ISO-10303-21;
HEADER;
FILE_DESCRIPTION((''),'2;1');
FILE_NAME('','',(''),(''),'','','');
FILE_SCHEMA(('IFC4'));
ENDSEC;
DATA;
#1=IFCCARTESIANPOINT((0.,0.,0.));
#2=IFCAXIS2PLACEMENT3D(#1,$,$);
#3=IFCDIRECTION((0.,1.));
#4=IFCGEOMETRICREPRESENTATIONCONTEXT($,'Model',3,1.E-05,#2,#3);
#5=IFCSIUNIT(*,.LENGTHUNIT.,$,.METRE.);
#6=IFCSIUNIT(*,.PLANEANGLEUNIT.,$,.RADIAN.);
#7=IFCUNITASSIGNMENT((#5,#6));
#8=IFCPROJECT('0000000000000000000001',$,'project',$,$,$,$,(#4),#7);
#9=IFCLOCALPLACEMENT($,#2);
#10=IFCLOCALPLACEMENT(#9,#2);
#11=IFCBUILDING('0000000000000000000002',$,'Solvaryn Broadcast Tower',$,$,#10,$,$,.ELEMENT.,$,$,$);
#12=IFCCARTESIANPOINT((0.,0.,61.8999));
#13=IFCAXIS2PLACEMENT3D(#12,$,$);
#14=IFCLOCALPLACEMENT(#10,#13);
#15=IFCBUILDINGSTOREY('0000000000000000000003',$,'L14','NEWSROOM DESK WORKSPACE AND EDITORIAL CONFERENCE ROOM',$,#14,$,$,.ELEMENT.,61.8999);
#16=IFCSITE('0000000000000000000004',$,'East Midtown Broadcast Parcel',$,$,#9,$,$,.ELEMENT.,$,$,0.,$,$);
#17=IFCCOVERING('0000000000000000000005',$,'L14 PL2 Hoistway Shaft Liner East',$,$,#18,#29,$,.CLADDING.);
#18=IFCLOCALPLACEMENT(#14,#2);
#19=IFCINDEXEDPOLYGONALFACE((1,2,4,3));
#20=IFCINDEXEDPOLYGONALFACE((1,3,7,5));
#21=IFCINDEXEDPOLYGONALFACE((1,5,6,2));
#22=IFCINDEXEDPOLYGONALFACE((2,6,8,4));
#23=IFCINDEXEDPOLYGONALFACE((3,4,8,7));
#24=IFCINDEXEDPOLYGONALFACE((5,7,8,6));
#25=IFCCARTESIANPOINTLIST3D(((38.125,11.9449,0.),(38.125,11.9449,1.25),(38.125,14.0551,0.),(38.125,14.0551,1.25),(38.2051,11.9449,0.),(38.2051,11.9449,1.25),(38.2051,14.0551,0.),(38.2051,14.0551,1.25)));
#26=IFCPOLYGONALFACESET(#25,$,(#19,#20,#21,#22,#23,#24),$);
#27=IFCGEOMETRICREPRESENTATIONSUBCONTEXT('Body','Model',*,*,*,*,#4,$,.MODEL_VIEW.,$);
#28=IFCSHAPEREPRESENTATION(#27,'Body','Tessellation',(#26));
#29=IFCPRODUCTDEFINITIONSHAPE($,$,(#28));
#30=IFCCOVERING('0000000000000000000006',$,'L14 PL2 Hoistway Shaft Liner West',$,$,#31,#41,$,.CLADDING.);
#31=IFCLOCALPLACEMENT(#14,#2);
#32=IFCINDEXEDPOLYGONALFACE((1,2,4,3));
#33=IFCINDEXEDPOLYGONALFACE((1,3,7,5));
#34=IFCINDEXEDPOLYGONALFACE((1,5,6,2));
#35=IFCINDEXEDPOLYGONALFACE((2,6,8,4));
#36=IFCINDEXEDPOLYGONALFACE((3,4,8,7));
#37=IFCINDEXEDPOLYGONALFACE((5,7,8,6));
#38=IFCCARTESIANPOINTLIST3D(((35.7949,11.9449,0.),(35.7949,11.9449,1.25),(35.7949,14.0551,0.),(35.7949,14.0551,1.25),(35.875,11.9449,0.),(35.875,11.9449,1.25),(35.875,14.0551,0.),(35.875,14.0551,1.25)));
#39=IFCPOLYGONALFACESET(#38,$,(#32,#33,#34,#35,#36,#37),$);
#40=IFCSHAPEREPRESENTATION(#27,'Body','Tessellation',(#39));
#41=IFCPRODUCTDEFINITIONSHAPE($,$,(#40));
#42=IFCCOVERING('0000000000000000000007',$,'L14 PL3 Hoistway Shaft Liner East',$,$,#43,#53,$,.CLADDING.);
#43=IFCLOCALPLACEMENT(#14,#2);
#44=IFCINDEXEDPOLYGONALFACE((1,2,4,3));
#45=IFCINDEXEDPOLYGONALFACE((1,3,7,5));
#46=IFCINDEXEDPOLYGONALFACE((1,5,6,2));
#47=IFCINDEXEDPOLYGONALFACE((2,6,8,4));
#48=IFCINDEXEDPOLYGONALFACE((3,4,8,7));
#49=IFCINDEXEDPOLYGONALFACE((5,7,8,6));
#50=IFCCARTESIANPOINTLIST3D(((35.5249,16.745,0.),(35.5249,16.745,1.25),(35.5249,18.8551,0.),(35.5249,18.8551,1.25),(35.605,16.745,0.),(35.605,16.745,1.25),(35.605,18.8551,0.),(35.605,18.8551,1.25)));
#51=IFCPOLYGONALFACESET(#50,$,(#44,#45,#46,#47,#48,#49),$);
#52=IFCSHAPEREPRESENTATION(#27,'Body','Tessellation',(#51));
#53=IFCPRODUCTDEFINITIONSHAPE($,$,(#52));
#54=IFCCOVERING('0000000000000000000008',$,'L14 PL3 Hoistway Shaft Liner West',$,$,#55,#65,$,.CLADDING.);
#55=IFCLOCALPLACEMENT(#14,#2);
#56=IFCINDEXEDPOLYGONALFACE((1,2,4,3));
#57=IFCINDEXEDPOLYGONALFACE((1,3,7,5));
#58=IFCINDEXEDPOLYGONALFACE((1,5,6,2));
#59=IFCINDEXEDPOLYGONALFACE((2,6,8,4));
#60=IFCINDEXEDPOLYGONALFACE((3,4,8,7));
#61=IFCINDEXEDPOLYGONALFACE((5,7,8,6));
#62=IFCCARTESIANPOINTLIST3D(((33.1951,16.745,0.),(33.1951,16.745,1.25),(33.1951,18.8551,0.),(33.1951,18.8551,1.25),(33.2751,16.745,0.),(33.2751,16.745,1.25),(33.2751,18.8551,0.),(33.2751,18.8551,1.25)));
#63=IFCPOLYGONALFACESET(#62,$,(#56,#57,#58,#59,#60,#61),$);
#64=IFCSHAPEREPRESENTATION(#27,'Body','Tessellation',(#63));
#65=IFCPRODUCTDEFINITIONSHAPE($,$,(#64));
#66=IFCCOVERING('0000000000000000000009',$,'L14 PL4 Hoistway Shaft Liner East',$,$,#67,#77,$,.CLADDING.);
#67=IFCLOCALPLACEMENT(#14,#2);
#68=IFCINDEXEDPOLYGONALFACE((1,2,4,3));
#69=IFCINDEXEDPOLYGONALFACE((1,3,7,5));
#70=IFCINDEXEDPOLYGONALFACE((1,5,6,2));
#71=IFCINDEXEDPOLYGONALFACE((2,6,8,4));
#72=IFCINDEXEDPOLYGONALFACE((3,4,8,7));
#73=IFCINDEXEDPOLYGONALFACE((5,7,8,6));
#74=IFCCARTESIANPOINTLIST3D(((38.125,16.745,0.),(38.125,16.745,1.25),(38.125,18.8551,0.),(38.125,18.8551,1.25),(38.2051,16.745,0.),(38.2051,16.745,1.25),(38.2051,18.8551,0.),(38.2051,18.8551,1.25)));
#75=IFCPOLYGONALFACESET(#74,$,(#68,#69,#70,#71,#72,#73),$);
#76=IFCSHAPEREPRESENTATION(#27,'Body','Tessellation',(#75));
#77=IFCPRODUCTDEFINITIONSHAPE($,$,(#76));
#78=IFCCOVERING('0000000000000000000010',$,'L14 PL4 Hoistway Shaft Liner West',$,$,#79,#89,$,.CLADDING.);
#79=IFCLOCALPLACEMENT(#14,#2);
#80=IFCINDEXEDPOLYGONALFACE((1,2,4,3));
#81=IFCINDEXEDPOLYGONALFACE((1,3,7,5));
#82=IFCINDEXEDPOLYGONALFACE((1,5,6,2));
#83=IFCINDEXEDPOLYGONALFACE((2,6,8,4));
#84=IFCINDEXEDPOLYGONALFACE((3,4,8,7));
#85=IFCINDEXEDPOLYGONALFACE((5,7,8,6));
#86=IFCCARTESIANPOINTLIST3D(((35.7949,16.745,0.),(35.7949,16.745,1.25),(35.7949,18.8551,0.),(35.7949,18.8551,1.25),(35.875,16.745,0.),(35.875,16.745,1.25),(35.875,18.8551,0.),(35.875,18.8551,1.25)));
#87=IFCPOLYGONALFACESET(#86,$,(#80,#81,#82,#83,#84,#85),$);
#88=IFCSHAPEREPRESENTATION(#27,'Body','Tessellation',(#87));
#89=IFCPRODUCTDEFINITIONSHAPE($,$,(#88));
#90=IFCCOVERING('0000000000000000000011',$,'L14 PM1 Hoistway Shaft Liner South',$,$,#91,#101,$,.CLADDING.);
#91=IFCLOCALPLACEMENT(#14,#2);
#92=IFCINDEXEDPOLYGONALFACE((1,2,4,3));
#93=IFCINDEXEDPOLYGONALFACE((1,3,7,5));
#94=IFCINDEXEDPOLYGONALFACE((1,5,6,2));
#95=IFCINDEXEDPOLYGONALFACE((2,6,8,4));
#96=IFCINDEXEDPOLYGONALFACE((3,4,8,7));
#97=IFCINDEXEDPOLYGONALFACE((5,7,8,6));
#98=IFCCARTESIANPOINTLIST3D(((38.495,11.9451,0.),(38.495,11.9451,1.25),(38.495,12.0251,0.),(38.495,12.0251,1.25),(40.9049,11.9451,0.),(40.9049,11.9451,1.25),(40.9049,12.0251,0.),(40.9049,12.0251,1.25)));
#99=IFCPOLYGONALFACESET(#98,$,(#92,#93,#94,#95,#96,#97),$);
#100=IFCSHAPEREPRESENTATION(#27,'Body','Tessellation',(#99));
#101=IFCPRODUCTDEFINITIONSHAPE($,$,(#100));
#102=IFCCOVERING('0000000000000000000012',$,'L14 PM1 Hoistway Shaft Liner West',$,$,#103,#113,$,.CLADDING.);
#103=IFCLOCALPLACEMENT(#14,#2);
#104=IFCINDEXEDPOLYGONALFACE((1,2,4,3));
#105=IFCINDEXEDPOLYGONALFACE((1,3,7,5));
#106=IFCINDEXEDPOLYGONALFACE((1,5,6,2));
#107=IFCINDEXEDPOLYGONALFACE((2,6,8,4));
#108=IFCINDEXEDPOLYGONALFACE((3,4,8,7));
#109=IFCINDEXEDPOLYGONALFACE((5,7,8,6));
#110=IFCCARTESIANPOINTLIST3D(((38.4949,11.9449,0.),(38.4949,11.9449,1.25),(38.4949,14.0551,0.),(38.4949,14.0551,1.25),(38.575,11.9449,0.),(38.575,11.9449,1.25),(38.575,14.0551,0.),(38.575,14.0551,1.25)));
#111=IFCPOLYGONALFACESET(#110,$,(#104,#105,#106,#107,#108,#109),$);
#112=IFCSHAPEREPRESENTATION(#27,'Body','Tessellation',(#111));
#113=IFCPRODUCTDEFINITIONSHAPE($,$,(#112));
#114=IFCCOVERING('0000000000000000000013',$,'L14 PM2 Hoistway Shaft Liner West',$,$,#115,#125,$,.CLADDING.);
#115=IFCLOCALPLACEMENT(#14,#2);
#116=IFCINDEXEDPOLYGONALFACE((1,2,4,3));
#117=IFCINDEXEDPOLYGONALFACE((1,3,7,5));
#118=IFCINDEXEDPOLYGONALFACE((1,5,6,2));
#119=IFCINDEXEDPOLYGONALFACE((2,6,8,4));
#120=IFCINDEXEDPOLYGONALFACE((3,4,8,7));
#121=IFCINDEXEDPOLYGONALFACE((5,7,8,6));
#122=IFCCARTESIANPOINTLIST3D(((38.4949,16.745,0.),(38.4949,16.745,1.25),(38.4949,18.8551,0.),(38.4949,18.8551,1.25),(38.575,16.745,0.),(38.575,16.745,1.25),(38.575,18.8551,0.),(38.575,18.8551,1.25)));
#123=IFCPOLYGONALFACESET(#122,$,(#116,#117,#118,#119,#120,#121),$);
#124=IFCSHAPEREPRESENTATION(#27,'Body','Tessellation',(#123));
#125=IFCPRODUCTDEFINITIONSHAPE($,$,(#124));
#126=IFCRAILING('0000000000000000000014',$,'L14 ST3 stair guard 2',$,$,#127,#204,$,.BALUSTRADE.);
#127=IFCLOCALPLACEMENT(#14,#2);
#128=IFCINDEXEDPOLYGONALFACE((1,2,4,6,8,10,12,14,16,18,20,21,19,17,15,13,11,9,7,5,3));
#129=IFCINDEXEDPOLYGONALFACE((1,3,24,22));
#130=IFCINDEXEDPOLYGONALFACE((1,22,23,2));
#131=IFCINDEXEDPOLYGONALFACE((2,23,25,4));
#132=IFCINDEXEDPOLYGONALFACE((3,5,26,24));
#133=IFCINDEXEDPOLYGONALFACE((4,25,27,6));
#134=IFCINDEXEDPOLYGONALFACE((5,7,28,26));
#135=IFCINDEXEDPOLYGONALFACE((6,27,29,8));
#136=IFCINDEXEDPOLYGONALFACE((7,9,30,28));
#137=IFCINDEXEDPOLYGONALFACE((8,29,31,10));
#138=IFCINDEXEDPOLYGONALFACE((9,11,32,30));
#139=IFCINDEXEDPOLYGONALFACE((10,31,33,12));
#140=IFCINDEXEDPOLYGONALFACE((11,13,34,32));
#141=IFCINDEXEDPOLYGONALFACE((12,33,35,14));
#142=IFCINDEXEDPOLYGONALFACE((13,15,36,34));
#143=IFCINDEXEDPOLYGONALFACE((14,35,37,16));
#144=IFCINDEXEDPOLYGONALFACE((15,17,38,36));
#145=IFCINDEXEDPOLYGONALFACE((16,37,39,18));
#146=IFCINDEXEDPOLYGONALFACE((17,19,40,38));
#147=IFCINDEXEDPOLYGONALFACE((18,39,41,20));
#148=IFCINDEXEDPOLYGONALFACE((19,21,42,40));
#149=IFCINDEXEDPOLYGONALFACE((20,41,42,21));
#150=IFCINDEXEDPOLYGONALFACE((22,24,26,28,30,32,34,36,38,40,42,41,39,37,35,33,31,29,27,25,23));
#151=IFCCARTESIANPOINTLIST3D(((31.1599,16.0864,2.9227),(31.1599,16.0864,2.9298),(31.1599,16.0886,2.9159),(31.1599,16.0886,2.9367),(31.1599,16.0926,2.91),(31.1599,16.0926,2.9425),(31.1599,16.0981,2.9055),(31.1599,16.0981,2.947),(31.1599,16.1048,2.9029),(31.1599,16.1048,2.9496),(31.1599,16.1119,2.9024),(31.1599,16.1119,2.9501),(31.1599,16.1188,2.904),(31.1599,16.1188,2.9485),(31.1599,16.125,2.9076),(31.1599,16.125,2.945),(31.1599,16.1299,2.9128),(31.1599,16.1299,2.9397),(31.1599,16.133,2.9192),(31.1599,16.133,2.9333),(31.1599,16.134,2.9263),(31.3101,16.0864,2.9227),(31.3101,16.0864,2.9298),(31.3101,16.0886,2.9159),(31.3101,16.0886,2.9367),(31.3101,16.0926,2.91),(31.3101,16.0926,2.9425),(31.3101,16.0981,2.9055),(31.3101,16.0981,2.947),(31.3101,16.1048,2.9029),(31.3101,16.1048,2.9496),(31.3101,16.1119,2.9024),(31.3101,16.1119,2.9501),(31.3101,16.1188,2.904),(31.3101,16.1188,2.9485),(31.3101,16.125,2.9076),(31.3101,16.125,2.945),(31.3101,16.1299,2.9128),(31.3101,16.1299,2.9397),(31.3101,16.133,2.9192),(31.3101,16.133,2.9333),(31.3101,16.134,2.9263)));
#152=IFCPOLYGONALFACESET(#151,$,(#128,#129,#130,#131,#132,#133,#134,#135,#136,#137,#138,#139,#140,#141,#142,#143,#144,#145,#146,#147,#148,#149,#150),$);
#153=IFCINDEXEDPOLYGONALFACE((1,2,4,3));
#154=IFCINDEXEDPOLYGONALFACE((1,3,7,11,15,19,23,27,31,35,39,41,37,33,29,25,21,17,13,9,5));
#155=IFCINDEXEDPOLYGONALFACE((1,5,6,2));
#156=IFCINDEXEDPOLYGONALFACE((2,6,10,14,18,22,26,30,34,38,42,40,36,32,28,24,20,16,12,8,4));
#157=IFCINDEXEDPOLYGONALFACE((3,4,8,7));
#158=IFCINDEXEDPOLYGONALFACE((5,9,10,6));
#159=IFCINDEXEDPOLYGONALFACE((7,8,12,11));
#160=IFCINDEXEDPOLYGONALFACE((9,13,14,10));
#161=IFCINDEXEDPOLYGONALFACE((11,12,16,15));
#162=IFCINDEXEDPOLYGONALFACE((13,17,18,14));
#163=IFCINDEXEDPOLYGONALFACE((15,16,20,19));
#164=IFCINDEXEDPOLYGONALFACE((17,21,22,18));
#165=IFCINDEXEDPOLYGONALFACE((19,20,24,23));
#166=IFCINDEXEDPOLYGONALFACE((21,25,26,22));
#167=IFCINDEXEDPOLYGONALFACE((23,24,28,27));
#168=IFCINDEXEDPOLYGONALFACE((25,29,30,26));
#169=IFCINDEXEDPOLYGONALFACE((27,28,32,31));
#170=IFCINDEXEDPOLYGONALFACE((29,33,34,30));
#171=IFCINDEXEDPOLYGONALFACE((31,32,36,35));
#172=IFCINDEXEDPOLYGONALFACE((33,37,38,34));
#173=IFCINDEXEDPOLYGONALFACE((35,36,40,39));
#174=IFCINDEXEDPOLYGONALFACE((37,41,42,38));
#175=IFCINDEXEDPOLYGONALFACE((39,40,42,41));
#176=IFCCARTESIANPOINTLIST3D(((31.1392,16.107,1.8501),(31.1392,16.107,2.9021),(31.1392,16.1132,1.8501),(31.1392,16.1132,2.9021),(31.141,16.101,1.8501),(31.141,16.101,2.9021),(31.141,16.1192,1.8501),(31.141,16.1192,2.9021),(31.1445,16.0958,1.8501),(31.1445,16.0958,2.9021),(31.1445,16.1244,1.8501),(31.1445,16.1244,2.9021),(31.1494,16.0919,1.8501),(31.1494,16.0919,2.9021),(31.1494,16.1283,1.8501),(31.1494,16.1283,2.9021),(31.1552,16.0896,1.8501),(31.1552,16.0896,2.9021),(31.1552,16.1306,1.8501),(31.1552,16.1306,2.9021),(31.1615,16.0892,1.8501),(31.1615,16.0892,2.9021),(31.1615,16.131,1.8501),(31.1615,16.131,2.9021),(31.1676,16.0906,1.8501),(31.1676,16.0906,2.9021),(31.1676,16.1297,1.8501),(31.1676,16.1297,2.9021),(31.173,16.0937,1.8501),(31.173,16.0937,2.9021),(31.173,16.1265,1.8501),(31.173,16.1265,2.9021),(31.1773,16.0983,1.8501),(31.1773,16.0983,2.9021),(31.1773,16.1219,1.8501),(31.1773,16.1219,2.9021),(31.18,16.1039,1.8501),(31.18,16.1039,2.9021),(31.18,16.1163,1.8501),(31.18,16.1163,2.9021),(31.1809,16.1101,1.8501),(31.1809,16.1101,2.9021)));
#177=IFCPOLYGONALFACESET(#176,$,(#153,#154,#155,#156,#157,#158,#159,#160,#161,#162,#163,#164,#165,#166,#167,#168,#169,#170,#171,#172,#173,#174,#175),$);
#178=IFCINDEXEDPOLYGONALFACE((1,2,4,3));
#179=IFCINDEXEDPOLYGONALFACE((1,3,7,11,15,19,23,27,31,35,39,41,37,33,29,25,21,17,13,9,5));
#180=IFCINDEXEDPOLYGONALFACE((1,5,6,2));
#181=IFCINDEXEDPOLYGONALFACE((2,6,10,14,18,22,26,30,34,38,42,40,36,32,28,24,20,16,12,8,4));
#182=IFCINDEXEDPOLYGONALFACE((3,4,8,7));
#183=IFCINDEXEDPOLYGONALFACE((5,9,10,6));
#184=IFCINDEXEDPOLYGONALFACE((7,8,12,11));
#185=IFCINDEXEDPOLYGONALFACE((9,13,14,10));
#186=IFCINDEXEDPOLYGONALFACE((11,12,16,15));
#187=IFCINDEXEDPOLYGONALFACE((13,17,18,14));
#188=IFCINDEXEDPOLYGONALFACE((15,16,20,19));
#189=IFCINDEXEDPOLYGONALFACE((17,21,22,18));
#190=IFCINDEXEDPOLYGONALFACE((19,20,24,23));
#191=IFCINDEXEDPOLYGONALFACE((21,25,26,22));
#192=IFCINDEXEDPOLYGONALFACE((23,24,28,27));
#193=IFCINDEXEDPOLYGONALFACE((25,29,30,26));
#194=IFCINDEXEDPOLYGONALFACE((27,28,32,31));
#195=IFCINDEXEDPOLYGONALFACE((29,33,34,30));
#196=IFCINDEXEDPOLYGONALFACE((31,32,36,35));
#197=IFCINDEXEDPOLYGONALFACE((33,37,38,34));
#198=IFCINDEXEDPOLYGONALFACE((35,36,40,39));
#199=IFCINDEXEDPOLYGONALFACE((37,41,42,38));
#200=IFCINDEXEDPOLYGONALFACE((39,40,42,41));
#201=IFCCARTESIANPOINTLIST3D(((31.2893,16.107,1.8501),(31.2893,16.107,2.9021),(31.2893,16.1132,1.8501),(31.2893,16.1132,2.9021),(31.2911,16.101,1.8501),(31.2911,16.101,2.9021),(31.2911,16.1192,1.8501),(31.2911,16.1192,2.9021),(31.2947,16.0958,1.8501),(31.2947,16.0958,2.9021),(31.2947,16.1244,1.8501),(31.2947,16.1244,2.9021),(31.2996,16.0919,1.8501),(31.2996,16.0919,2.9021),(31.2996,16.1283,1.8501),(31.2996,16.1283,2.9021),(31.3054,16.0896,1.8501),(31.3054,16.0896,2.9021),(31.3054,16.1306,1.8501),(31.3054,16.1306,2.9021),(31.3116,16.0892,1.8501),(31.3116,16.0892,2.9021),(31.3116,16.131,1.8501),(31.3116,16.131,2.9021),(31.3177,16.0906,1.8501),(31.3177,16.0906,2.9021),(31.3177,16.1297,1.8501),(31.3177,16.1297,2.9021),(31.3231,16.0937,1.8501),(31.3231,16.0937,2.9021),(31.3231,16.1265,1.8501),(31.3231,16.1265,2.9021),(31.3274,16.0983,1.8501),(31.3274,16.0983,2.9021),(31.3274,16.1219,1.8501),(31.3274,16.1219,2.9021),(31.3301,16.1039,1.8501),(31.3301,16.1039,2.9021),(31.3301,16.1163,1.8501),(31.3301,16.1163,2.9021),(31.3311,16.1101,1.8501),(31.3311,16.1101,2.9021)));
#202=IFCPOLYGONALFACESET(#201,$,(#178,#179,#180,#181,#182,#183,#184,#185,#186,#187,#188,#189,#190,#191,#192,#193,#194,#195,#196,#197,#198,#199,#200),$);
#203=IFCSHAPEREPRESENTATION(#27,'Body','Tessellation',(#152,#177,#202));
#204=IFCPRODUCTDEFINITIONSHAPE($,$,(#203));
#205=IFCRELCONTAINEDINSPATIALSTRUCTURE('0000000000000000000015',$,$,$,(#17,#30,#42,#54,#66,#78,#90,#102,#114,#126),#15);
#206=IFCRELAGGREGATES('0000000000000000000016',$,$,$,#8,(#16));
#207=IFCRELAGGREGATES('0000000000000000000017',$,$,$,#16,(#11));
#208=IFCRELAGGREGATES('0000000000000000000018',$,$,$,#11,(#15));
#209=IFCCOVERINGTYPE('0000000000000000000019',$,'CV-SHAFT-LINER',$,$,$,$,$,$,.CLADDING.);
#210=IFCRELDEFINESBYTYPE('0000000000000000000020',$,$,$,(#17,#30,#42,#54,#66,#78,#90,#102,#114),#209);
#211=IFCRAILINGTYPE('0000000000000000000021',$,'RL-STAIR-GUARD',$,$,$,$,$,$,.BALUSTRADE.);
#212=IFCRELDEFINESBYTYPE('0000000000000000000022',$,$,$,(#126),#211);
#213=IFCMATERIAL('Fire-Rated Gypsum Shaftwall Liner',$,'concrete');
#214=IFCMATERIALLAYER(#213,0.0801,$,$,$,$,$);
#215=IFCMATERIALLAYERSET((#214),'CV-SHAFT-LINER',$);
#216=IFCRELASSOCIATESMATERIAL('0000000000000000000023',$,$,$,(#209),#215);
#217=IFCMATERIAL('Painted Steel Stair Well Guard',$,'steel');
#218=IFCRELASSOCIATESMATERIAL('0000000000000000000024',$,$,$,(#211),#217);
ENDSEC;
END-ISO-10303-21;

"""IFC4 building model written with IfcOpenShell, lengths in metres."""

from ifc_helpers import new_model, si_unit, direction, frame, origin, origin_2d, place, context, subcontext, project, spatial, rectangle, circle, extrude, material, layer, layer_set, type_object, element, save


model = new_model("IFC4")

# Units and contexts
model_context = context("Model", 3, precision=1e-05, world=origin(), true_north=direction((0.0, 1.0)))
body_context = subcontext(model_context, "Body", "Model", "MODEL_VIEW")
ifc_project = project(units=[si_unit("LENGTHUNIT", "METRE"), si_unit("PLANEANGLEUNIT", "RADIAN")], contexts=[model_context])

# Site, building, storey
site_placement = place(None, origin())
site = spatial("IfcSite", under=ifc_project, at=site_placement, Name="East Midtown Broadcast Parcel", CompositionType="ELEMENT", RefElevation=0.0)
building_placement = place(site_placement, origin())
building = spatial("IfcBuilding", under=site, at=building_placement, Name="Solvaryn Broadcast Tower", CompositionType="ELEMENT")
storey_placement = place(building_placement, frame((0.0, 0.0, 61.8999)))
storey = spatial("IfcBuildingStorey", under=building, at=storey_placement, Name="L14", Description="NEWSROOM DESK WORKSPACE AND EDITORIAL CONFERENCE ROOM", CompositionType="ELEMENT", Elevation=61.8999)

# Coverings
ifc_material_1 = material(Name="Fire-Rated Gypsum Shaftwall Liner", Category="concrete")
ifc_layer_1 = layer(ifc_material_1, 0.0801)
ifc_layer_set_1 = layer_set([ifc_layer_1], Name="CV-SHAFT-LINER")
covering_type = type_object("IfcCoveringType", Name="CV-SHAFT-LINER", PredefinedType="CLADDING", material=ifc_layer_set_1)
for number, where, z_axis, x_axis, name in (
    (1, (38.165, 13.0, 0.0), (0.0, 0.0, 1.0), (1.0, 0.0, 0.0), "L14 PL2 Hoistway Shaft Liner East"),
    (2, (35.835, 13.0, 0.0), (0.0, 0.0, 1.0), (1.0, 0.0, 0.0), "L14 PL2 Hoistway Shaft Liner West"),
    (3, (35.5649, 17.8, 0.0), (0.0, 0.0, 1.0), (1.0, 0.0, 0.0), "L14 PL3 Hoistway Shaft Liner East"),
    (4, (33.2351, 17.8, 0.0), (0.0, 0.0, 1.0), (1.0, 0.0, 0.0), "L14 PL3 Hoistway Shaft Liner West"),
    (5, (38.165, 17.8, 0.0), (0.0, 0.0, 1.0), (1.0, 0.0, 0.0), "L14 PL4 Hoistway Shaft Liner East"),
    (6, (35.835, 17.8, 0.0), (0.0, 0.0, 1.0), (1.0, 0.0, 0.0), "L14 PL4 Hoistway Shaft Liner West"),
):
    element("IfcCovering", number, at=place(storey_placement, frame(where, z_axis=z_axis, x_axis=x_axis)), inside=storey, type_object=covering_type, Name=name, PredefinedType="CLADDING", context=body_context, shape_type="SweptSolid", body=[
        extrude(rectangle(XDim=0.0801, YDim=2.1101, at=origin_2d()), origin(), (0.0, 0.0, 1.0), 1.25),
    ])
covering_1_placement = place(storey_placement, frame((39.7, 11.9851, 0.0), z_axis=(0.0, 0.0, 1.0), x_axis=(1.0, 0.0, 0.0)))
element("IfcCovering", 7, at=covering_1_placement, inside=storey, type_object=covering_type, Name="L14 PM1 Hoistway Shaft Liner South", PredefinedType="CLADDING", context=body_context, shape_type="SweptSolid", body=[
    extrude(rectangle(XDim=2.4099, YDim=0.0801, at=origin_2d()), origin(), (0.0, 0.0, 1.0), 1.25),
])
for number, where, z_axis, x_axis, name in (
    (8, (38.5349, 13.0, 0.0), (0.0, 0.0, 1.0), (1.0, 0.0, 0.0), "L14 PM1 Hoistway Shaft Liner West"),
    (9, (38.5349, 17.8, 0.0), (0.0, 0.0, 1.0), (1.0, 0.0, 0.0), "L14 PM2 Hoistway Shaft Liner West"),
):
    element("IfcCovering", number, at=place(storey_placement, frame(where, z_axis=z_axis, x_axis=x_axis)), inside=storey, type_object=covering_type, Name=name, PredefinedType="CLADDING", context=body_context, shape_type="SweptSolid", body=[
        extrude(rectangle(XDim=0.0801, YDim=2.1101, at=origin_2d()), origin(), (0.0, 0.0, 1.0), 1.25),
    ])

# Railing
ifc_material_2 = material(Name="Painted Steel Stair Well Guard", Category="steel")
railing_type_1 = type_object("IfcRailingType", Name="RL-STAIR-GUARD", PredefinedType="BALUSTRADE", material=ifc_material_2)
railing_1_placement = place(storey_placement, frame((31.1599, 16.1101, 1.8501)))
element("IfcRailing", 10, at=railing_1_placement, inside=storey, type_object=railing_type_1, Name="L14 ST3 stair guard 2", PredefinedType="BALUSTRADE", context=body_context, shape_type="SweptSolid", body=[
    extrude(circle(Radius=0.0239, at=origin_2d()), frame((0.0, 0.0, 1.0762), z_axis=(1.0, 0.0, 0.0), x_axis=(0.0, 1.0, 0.0)), (0.0, 0.0, 1.0), 0.1501),
    extrude(circle(Radius=0.021, at=origin_2d()), origin(), (0.0, 0.0, 1.0), 1.052),
    extrude(circle(Radius=0.021, at=origin_2d()), frame((0.1501, 0.0, 0.0)), (0.0, 0.0, 1.0), 1.052),
])

save(model, "model.ifc")
